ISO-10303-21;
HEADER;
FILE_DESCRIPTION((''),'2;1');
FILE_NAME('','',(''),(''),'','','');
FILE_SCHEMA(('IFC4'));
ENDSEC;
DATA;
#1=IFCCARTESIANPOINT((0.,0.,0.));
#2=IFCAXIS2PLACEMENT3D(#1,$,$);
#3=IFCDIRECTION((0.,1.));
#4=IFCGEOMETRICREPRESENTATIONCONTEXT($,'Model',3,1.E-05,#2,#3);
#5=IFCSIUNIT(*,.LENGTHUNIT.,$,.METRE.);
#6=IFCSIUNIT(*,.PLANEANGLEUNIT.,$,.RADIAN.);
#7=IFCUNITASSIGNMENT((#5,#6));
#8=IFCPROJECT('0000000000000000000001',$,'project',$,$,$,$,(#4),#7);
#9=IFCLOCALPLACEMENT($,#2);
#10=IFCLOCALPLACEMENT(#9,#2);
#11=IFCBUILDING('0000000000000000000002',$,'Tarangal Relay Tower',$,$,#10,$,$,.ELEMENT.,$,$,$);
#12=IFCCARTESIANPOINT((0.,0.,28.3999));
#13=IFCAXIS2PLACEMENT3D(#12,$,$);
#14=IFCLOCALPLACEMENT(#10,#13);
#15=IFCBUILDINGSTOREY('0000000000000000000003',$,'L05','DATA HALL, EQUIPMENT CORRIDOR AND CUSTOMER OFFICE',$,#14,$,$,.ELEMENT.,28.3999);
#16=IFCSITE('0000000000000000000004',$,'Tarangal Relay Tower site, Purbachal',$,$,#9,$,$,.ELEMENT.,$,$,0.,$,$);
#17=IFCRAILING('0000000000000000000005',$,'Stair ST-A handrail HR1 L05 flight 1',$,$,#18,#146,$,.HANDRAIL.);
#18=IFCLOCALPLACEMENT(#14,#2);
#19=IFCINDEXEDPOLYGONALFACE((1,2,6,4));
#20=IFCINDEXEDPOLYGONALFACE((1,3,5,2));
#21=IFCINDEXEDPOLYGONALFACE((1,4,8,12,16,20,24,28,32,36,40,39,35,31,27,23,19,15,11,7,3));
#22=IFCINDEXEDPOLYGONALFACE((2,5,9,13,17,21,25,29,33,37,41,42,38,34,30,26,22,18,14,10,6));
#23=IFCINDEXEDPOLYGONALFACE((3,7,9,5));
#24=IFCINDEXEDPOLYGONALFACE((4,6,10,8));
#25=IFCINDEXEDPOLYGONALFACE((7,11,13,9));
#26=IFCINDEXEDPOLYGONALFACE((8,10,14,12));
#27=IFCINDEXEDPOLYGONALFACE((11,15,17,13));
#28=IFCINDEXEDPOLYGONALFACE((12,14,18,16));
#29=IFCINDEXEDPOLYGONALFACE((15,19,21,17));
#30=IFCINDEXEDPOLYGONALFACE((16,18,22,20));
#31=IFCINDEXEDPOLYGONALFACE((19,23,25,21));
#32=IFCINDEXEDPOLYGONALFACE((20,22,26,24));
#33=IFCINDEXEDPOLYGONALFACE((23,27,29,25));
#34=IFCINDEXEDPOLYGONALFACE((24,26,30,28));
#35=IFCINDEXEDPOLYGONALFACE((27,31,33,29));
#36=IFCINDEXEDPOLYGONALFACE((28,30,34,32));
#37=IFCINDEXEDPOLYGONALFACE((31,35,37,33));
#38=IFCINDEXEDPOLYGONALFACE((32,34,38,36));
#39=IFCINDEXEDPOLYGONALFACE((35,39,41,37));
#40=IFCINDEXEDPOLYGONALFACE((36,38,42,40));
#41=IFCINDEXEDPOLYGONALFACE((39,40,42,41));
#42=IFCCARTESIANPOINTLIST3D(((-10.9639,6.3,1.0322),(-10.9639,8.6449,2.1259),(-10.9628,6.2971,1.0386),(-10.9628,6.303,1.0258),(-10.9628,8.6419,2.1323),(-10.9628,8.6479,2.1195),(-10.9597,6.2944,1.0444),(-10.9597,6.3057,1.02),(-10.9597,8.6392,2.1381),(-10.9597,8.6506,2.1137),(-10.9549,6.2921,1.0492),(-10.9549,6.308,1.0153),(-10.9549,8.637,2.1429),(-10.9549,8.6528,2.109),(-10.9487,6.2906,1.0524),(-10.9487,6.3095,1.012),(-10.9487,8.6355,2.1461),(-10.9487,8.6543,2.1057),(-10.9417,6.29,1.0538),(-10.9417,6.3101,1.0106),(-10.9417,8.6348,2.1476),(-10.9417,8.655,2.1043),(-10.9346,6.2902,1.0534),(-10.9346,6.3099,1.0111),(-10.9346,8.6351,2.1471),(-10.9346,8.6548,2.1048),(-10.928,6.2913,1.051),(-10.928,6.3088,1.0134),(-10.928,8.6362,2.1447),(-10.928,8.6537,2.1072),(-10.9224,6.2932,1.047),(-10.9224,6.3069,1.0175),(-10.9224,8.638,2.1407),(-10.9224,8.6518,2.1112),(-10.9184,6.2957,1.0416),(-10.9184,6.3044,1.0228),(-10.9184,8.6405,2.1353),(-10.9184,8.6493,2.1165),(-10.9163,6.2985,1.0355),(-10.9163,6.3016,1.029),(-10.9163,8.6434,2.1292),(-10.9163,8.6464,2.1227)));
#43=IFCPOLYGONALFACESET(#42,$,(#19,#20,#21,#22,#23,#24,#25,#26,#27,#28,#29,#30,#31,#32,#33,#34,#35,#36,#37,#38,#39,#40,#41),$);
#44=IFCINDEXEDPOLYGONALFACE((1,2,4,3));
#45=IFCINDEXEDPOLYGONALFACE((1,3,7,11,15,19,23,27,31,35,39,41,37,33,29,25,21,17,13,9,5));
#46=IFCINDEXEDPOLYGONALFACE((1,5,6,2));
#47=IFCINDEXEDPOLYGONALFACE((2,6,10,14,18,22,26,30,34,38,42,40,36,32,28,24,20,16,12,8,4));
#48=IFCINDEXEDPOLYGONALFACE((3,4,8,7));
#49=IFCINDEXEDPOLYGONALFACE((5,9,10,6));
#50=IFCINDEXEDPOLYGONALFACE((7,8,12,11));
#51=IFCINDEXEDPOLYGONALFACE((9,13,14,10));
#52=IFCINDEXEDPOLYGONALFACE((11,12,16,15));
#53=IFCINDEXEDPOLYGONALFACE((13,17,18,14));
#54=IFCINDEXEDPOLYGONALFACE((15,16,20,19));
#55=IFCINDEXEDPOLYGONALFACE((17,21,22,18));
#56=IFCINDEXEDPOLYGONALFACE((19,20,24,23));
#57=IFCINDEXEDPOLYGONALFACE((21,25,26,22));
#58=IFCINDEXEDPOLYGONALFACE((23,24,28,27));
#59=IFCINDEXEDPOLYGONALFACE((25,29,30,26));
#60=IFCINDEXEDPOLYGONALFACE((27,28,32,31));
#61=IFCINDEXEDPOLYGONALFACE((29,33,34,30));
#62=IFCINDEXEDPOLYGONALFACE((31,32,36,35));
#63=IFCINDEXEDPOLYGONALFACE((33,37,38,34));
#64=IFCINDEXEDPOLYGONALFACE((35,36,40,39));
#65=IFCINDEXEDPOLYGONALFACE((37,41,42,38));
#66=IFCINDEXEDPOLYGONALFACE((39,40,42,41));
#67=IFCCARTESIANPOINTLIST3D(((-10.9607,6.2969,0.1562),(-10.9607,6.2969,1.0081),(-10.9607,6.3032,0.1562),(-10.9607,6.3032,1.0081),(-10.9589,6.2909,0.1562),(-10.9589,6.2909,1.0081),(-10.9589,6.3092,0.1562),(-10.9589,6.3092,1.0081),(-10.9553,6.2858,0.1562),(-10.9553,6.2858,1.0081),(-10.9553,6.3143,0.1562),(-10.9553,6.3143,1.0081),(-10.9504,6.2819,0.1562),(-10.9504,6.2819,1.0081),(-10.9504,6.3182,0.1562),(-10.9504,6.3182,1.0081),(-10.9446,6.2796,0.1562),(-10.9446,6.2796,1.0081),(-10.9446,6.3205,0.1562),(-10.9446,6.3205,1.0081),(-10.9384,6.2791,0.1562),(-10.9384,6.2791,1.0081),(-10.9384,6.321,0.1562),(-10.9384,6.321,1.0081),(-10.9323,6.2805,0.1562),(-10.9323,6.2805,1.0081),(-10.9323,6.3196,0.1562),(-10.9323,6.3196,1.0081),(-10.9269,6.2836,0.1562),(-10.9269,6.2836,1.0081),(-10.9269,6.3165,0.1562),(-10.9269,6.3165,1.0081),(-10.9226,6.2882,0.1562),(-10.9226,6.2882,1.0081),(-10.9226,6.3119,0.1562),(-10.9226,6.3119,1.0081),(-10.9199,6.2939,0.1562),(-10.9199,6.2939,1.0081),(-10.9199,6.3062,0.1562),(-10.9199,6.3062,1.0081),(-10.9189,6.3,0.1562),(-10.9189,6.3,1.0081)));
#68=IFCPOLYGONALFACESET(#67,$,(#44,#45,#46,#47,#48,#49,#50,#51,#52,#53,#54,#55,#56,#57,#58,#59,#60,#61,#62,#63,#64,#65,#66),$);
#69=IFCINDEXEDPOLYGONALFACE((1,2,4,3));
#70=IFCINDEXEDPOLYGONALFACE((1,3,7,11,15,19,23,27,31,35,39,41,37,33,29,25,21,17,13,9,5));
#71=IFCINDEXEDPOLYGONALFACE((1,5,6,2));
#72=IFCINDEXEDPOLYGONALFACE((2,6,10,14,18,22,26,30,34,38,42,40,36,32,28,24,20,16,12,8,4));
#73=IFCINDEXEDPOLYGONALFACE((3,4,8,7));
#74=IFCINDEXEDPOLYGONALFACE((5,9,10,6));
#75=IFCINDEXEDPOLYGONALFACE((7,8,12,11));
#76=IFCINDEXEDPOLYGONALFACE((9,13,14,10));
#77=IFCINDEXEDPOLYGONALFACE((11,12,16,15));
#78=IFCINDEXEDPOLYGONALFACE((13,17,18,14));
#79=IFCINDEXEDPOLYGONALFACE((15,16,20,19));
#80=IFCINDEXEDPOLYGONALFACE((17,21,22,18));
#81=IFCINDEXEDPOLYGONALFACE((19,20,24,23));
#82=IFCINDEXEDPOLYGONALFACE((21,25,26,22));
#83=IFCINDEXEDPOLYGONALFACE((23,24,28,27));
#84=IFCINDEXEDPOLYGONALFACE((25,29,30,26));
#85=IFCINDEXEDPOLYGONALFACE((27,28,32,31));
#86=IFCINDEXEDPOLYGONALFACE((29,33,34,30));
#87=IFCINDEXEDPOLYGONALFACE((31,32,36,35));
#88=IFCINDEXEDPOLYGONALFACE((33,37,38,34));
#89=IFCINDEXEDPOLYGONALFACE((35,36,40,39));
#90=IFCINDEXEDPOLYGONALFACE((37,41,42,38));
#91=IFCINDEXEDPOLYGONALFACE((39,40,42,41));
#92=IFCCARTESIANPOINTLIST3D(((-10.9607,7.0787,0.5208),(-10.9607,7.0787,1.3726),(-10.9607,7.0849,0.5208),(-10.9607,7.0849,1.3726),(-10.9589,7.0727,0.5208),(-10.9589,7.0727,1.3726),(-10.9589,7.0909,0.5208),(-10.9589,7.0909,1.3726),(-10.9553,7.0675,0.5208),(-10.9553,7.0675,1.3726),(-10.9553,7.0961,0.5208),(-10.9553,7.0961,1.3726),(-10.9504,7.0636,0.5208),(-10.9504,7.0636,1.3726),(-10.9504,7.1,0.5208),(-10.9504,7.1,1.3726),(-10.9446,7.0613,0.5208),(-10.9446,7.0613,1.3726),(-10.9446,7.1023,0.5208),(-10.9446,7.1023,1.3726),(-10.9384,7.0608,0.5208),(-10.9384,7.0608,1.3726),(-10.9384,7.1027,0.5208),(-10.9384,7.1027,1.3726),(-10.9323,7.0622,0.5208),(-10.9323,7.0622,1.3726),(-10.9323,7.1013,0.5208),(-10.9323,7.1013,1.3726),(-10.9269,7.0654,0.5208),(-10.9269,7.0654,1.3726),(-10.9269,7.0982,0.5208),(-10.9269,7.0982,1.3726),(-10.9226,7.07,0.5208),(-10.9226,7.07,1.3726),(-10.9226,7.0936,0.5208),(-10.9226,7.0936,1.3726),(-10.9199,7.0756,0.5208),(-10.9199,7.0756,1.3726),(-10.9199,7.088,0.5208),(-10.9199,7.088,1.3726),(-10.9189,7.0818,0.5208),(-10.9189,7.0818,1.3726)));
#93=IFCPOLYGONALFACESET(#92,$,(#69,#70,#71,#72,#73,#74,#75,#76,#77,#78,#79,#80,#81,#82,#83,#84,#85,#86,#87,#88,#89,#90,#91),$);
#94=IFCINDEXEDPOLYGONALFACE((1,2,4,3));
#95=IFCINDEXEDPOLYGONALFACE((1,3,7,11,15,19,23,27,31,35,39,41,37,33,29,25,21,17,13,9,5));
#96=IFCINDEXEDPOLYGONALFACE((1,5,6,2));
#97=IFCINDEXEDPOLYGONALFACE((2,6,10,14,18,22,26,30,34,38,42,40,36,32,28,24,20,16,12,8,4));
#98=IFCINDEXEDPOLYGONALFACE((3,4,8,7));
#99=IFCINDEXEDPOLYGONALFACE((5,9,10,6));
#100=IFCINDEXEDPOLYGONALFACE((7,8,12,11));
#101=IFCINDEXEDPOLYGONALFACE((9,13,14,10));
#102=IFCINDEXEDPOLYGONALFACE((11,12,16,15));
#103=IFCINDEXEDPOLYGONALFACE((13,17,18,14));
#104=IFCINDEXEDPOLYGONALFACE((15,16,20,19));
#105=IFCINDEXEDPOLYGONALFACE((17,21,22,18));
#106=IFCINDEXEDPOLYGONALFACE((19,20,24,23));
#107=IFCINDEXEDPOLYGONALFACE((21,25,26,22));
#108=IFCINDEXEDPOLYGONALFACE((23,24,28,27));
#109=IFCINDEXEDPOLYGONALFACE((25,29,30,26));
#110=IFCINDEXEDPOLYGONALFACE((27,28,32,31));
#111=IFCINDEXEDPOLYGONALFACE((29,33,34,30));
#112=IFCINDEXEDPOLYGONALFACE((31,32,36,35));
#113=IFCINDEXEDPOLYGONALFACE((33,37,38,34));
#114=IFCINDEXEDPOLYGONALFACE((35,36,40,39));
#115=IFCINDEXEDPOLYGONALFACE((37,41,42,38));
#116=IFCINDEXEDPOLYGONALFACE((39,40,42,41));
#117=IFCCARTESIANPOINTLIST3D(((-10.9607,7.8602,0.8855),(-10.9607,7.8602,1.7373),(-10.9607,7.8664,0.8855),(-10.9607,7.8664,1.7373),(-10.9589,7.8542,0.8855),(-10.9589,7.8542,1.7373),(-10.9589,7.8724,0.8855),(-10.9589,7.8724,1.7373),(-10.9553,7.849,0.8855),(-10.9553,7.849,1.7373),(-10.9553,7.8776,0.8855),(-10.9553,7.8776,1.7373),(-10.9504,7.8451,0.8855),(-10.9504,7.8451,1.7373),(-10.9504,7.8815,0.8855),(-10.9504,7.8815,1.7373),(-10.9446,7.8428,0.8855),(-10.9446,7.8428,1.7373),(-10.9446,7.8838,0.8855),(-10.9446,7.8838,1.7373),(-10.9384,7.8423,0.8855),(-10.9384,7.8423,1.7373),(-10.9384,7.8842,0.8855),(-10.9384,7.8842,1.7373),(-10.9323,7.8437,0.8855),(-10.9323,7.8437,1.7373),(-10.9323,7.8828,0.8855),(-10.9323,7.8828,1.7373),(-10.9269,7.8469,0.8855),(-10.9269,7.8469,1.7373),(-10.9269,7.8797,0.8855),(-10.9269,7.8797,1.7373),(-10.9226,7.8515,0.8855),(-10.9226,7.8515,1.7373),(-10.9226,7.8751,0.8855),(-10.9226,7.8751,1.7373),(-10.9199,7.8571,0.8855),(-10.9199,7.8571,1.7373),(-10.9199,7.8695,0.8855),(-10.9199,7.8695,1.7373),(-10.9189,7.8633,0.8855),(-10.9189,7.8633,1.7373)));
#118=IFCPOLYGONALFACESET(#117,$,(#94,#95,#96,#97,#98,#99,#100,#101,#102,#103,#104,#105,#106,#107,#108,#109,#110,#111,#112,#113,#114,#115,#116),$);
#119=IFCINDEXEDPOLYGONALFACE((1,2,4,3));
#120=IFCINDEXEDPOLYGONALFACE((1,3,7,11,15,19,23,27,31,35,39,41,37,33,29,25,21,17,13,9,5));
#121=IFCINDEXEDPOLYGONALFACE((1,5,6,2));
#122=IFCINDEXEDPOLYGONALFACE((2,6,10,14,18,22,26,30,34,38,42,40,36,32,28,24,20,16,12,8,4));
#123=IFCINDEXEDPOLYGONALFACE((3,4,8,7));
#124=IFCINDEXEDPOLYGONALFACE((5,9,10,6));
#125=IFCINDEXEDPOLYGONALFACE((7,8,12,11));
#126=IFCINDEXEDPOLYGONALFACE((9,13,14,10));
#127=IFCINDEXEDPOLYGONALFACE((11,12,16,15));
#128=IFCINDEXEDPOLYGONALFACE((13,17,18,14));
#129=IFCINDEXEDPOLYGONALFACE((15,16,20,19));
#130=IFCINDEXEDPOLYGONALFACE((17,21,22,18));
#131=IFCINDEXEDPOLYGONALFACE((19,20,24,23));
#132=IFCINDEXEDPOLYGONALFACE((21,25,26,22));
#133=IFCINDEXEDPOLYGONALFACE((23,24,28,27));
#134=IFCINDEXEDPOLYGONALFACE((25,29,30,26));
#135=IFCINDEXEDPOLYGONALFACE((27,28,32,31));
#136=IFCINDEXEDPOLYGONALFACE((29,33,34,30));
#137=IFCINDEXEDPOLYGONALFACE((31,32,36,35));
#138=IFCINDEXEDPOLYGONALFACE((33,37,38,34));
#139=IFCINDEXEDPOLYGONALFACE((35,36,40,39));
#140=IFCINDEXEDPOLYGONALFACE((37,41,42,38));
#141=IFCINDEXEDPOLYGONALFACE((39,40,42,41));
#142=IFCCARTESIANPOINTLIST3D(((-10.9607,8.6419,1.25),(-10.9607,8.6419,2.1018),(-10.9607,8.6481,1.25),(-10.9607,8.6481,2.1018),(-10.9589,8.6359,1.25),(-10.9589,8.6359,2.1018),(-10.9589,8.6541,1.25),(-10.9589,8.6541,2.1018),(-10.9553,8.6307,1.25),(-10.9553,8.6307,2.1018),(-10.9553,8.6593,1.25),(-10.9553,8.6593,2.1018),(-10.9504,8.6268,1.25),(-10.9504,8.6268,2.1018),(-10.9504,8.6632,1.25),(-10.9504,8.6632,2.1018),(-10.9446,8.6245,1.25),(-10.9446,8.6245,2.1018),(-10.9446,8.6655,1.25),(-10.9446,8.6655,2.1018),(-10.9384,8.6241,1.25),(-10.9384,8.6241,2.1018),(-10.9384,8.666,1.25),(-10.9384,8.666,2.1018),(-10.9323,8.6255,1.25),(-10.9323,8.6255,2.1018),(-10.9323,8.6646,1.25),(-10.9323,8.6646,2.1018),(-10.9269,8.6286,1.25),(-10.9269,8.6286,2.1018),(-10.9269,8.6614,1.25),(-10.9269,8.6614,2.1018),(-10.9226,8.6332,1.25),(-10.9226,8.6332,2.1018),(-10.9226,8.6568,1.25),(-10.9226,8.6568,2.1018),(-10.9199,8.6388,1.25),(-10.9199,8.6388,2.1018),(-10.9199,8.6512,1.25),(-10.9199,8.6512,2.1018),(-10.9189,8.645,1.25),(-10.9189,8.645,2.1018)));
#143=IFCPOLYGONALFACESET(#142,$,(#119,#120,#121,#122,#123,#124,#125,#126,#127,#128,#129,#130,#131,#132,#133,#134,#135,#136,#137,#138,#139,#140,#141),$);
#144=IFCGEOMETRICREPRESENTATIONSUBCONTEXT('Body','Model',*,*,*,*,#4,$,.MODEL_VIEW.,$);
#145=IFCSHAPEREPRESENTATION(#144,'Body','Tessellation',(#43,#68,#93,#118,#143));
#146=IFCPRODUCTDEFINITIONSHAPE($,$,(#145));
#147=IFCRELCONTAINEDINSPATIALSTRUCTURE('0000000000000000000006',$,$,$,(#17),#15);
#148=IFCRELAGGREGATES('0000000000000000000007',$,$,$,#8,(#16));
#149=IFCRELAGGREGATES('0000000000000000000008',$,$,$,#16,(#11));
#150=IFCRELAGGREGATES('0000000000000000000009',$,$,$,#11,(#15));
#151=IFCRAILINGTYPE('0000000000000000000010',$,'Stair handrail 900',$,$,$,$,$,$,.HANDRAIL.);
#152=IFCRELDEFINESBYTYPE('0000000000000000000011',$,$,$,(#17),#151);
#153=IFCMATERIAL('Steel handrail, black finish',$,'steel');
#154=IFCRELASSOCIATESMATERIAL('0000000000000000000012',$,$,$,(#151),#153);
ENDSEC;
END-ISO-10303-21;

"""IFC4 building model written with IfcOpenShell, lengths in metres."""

from ifc_helpers import new_model, si_unit, direction, frame, origin, origin_2d, place, context, subcontext, project, spatial, circle, extrude, material, type_object, element, save


model = new_model("IFC4")

# Units and contexts
model_context = context("Model", 3, precision=1e-05, world=origin(), true_north=direction((0.0, 1.0)))
body_context = subcontext(model_context, "Body", "Model", "MODEL_VIEW")
ifc_project = project(units=[si_unit("LENGTHUNIT", "METRE"), si_unit("PLANEANGLEUNIT", "RADIAN")], contexts=[model_context])

# Site, building, storey
site_placement = place(None, origin())
site = spatial("IfcSite", under=ifc_project, at=site_placement, Name="Tarangal Relay Tower site, Purbachal", CompositionType="ELEMENT", RefElevation=0.0)
building_placement = place(site_placement, origin())
building = spatial("IfcBuilding", under=site, at=building_placement, Name="Tarangal Relay Tower", CompositionType="ELEMENT")
storey_placement = place(building_placement, frame((0.0, 0.0, 28.3999)))
storey = spatial("IfcBuildingStorey", under=building, at=storey_placement, Name="L05", Description="DATA HALL, EQUIPMENT CORRIDOR AND CUSTOMER OFFICE", CompositionType="ELEMENT", Elevation=28.3999)

# Railing
ifc_material_1 = material(Name="Steel handrail, black finish", Category="steel")
railing_type_1 = type_object("IfcRailingType", Name="Stair handrail 900", PredefinedType="HANDRAIL", material=ifc_material_1)
for number, where, name in (
    (1, (-10.9399, 6.3, 0.1562), "Stair ST-A handrail HR1 L05 flight 1"),
):
    element("IfcRailing", number, at=place(storey_placement, frame(where)), inside=storey, type_object=railing_type_1, Name=name, PredefinedType="HANDRAIL", context=body_context, shape_type="SweptSolid", body=[
        extrude(circle(Radius=0.0239, at=origin_2d()), frame((0.0, 0.0, 0.876), z_axis=(0.0, 0.906267, 0.422705), x_axis=(-1.0, 0.0, 0.0)), (0.0, 0.0, 1.0), 2.5874),
        extrude(circle(Radius=0.021, at=origin_2d()), origin(), (0.0, 0.0, 1.0), 0.8518),
        extrude(circle(Radius=0.021, at=origin_2d()), frame((0.0, 0.7817, 0.3645)), (0.0, 0.0, 1.0), 0.8518),
        extrude(circle(Radius=0.021, at=origin_2d()), frame((0.0, 1.5632, 0.7292)), (0.0, 0.0, 1.0), 0.8518),
        extrude(circle(Radius=0.021, at=origin_2d()), frame((0.0, 2.345, 1.0938)), (0.0, 0.0, 1.0), 0.8518),
    ])

save(model, "model.ifc")
